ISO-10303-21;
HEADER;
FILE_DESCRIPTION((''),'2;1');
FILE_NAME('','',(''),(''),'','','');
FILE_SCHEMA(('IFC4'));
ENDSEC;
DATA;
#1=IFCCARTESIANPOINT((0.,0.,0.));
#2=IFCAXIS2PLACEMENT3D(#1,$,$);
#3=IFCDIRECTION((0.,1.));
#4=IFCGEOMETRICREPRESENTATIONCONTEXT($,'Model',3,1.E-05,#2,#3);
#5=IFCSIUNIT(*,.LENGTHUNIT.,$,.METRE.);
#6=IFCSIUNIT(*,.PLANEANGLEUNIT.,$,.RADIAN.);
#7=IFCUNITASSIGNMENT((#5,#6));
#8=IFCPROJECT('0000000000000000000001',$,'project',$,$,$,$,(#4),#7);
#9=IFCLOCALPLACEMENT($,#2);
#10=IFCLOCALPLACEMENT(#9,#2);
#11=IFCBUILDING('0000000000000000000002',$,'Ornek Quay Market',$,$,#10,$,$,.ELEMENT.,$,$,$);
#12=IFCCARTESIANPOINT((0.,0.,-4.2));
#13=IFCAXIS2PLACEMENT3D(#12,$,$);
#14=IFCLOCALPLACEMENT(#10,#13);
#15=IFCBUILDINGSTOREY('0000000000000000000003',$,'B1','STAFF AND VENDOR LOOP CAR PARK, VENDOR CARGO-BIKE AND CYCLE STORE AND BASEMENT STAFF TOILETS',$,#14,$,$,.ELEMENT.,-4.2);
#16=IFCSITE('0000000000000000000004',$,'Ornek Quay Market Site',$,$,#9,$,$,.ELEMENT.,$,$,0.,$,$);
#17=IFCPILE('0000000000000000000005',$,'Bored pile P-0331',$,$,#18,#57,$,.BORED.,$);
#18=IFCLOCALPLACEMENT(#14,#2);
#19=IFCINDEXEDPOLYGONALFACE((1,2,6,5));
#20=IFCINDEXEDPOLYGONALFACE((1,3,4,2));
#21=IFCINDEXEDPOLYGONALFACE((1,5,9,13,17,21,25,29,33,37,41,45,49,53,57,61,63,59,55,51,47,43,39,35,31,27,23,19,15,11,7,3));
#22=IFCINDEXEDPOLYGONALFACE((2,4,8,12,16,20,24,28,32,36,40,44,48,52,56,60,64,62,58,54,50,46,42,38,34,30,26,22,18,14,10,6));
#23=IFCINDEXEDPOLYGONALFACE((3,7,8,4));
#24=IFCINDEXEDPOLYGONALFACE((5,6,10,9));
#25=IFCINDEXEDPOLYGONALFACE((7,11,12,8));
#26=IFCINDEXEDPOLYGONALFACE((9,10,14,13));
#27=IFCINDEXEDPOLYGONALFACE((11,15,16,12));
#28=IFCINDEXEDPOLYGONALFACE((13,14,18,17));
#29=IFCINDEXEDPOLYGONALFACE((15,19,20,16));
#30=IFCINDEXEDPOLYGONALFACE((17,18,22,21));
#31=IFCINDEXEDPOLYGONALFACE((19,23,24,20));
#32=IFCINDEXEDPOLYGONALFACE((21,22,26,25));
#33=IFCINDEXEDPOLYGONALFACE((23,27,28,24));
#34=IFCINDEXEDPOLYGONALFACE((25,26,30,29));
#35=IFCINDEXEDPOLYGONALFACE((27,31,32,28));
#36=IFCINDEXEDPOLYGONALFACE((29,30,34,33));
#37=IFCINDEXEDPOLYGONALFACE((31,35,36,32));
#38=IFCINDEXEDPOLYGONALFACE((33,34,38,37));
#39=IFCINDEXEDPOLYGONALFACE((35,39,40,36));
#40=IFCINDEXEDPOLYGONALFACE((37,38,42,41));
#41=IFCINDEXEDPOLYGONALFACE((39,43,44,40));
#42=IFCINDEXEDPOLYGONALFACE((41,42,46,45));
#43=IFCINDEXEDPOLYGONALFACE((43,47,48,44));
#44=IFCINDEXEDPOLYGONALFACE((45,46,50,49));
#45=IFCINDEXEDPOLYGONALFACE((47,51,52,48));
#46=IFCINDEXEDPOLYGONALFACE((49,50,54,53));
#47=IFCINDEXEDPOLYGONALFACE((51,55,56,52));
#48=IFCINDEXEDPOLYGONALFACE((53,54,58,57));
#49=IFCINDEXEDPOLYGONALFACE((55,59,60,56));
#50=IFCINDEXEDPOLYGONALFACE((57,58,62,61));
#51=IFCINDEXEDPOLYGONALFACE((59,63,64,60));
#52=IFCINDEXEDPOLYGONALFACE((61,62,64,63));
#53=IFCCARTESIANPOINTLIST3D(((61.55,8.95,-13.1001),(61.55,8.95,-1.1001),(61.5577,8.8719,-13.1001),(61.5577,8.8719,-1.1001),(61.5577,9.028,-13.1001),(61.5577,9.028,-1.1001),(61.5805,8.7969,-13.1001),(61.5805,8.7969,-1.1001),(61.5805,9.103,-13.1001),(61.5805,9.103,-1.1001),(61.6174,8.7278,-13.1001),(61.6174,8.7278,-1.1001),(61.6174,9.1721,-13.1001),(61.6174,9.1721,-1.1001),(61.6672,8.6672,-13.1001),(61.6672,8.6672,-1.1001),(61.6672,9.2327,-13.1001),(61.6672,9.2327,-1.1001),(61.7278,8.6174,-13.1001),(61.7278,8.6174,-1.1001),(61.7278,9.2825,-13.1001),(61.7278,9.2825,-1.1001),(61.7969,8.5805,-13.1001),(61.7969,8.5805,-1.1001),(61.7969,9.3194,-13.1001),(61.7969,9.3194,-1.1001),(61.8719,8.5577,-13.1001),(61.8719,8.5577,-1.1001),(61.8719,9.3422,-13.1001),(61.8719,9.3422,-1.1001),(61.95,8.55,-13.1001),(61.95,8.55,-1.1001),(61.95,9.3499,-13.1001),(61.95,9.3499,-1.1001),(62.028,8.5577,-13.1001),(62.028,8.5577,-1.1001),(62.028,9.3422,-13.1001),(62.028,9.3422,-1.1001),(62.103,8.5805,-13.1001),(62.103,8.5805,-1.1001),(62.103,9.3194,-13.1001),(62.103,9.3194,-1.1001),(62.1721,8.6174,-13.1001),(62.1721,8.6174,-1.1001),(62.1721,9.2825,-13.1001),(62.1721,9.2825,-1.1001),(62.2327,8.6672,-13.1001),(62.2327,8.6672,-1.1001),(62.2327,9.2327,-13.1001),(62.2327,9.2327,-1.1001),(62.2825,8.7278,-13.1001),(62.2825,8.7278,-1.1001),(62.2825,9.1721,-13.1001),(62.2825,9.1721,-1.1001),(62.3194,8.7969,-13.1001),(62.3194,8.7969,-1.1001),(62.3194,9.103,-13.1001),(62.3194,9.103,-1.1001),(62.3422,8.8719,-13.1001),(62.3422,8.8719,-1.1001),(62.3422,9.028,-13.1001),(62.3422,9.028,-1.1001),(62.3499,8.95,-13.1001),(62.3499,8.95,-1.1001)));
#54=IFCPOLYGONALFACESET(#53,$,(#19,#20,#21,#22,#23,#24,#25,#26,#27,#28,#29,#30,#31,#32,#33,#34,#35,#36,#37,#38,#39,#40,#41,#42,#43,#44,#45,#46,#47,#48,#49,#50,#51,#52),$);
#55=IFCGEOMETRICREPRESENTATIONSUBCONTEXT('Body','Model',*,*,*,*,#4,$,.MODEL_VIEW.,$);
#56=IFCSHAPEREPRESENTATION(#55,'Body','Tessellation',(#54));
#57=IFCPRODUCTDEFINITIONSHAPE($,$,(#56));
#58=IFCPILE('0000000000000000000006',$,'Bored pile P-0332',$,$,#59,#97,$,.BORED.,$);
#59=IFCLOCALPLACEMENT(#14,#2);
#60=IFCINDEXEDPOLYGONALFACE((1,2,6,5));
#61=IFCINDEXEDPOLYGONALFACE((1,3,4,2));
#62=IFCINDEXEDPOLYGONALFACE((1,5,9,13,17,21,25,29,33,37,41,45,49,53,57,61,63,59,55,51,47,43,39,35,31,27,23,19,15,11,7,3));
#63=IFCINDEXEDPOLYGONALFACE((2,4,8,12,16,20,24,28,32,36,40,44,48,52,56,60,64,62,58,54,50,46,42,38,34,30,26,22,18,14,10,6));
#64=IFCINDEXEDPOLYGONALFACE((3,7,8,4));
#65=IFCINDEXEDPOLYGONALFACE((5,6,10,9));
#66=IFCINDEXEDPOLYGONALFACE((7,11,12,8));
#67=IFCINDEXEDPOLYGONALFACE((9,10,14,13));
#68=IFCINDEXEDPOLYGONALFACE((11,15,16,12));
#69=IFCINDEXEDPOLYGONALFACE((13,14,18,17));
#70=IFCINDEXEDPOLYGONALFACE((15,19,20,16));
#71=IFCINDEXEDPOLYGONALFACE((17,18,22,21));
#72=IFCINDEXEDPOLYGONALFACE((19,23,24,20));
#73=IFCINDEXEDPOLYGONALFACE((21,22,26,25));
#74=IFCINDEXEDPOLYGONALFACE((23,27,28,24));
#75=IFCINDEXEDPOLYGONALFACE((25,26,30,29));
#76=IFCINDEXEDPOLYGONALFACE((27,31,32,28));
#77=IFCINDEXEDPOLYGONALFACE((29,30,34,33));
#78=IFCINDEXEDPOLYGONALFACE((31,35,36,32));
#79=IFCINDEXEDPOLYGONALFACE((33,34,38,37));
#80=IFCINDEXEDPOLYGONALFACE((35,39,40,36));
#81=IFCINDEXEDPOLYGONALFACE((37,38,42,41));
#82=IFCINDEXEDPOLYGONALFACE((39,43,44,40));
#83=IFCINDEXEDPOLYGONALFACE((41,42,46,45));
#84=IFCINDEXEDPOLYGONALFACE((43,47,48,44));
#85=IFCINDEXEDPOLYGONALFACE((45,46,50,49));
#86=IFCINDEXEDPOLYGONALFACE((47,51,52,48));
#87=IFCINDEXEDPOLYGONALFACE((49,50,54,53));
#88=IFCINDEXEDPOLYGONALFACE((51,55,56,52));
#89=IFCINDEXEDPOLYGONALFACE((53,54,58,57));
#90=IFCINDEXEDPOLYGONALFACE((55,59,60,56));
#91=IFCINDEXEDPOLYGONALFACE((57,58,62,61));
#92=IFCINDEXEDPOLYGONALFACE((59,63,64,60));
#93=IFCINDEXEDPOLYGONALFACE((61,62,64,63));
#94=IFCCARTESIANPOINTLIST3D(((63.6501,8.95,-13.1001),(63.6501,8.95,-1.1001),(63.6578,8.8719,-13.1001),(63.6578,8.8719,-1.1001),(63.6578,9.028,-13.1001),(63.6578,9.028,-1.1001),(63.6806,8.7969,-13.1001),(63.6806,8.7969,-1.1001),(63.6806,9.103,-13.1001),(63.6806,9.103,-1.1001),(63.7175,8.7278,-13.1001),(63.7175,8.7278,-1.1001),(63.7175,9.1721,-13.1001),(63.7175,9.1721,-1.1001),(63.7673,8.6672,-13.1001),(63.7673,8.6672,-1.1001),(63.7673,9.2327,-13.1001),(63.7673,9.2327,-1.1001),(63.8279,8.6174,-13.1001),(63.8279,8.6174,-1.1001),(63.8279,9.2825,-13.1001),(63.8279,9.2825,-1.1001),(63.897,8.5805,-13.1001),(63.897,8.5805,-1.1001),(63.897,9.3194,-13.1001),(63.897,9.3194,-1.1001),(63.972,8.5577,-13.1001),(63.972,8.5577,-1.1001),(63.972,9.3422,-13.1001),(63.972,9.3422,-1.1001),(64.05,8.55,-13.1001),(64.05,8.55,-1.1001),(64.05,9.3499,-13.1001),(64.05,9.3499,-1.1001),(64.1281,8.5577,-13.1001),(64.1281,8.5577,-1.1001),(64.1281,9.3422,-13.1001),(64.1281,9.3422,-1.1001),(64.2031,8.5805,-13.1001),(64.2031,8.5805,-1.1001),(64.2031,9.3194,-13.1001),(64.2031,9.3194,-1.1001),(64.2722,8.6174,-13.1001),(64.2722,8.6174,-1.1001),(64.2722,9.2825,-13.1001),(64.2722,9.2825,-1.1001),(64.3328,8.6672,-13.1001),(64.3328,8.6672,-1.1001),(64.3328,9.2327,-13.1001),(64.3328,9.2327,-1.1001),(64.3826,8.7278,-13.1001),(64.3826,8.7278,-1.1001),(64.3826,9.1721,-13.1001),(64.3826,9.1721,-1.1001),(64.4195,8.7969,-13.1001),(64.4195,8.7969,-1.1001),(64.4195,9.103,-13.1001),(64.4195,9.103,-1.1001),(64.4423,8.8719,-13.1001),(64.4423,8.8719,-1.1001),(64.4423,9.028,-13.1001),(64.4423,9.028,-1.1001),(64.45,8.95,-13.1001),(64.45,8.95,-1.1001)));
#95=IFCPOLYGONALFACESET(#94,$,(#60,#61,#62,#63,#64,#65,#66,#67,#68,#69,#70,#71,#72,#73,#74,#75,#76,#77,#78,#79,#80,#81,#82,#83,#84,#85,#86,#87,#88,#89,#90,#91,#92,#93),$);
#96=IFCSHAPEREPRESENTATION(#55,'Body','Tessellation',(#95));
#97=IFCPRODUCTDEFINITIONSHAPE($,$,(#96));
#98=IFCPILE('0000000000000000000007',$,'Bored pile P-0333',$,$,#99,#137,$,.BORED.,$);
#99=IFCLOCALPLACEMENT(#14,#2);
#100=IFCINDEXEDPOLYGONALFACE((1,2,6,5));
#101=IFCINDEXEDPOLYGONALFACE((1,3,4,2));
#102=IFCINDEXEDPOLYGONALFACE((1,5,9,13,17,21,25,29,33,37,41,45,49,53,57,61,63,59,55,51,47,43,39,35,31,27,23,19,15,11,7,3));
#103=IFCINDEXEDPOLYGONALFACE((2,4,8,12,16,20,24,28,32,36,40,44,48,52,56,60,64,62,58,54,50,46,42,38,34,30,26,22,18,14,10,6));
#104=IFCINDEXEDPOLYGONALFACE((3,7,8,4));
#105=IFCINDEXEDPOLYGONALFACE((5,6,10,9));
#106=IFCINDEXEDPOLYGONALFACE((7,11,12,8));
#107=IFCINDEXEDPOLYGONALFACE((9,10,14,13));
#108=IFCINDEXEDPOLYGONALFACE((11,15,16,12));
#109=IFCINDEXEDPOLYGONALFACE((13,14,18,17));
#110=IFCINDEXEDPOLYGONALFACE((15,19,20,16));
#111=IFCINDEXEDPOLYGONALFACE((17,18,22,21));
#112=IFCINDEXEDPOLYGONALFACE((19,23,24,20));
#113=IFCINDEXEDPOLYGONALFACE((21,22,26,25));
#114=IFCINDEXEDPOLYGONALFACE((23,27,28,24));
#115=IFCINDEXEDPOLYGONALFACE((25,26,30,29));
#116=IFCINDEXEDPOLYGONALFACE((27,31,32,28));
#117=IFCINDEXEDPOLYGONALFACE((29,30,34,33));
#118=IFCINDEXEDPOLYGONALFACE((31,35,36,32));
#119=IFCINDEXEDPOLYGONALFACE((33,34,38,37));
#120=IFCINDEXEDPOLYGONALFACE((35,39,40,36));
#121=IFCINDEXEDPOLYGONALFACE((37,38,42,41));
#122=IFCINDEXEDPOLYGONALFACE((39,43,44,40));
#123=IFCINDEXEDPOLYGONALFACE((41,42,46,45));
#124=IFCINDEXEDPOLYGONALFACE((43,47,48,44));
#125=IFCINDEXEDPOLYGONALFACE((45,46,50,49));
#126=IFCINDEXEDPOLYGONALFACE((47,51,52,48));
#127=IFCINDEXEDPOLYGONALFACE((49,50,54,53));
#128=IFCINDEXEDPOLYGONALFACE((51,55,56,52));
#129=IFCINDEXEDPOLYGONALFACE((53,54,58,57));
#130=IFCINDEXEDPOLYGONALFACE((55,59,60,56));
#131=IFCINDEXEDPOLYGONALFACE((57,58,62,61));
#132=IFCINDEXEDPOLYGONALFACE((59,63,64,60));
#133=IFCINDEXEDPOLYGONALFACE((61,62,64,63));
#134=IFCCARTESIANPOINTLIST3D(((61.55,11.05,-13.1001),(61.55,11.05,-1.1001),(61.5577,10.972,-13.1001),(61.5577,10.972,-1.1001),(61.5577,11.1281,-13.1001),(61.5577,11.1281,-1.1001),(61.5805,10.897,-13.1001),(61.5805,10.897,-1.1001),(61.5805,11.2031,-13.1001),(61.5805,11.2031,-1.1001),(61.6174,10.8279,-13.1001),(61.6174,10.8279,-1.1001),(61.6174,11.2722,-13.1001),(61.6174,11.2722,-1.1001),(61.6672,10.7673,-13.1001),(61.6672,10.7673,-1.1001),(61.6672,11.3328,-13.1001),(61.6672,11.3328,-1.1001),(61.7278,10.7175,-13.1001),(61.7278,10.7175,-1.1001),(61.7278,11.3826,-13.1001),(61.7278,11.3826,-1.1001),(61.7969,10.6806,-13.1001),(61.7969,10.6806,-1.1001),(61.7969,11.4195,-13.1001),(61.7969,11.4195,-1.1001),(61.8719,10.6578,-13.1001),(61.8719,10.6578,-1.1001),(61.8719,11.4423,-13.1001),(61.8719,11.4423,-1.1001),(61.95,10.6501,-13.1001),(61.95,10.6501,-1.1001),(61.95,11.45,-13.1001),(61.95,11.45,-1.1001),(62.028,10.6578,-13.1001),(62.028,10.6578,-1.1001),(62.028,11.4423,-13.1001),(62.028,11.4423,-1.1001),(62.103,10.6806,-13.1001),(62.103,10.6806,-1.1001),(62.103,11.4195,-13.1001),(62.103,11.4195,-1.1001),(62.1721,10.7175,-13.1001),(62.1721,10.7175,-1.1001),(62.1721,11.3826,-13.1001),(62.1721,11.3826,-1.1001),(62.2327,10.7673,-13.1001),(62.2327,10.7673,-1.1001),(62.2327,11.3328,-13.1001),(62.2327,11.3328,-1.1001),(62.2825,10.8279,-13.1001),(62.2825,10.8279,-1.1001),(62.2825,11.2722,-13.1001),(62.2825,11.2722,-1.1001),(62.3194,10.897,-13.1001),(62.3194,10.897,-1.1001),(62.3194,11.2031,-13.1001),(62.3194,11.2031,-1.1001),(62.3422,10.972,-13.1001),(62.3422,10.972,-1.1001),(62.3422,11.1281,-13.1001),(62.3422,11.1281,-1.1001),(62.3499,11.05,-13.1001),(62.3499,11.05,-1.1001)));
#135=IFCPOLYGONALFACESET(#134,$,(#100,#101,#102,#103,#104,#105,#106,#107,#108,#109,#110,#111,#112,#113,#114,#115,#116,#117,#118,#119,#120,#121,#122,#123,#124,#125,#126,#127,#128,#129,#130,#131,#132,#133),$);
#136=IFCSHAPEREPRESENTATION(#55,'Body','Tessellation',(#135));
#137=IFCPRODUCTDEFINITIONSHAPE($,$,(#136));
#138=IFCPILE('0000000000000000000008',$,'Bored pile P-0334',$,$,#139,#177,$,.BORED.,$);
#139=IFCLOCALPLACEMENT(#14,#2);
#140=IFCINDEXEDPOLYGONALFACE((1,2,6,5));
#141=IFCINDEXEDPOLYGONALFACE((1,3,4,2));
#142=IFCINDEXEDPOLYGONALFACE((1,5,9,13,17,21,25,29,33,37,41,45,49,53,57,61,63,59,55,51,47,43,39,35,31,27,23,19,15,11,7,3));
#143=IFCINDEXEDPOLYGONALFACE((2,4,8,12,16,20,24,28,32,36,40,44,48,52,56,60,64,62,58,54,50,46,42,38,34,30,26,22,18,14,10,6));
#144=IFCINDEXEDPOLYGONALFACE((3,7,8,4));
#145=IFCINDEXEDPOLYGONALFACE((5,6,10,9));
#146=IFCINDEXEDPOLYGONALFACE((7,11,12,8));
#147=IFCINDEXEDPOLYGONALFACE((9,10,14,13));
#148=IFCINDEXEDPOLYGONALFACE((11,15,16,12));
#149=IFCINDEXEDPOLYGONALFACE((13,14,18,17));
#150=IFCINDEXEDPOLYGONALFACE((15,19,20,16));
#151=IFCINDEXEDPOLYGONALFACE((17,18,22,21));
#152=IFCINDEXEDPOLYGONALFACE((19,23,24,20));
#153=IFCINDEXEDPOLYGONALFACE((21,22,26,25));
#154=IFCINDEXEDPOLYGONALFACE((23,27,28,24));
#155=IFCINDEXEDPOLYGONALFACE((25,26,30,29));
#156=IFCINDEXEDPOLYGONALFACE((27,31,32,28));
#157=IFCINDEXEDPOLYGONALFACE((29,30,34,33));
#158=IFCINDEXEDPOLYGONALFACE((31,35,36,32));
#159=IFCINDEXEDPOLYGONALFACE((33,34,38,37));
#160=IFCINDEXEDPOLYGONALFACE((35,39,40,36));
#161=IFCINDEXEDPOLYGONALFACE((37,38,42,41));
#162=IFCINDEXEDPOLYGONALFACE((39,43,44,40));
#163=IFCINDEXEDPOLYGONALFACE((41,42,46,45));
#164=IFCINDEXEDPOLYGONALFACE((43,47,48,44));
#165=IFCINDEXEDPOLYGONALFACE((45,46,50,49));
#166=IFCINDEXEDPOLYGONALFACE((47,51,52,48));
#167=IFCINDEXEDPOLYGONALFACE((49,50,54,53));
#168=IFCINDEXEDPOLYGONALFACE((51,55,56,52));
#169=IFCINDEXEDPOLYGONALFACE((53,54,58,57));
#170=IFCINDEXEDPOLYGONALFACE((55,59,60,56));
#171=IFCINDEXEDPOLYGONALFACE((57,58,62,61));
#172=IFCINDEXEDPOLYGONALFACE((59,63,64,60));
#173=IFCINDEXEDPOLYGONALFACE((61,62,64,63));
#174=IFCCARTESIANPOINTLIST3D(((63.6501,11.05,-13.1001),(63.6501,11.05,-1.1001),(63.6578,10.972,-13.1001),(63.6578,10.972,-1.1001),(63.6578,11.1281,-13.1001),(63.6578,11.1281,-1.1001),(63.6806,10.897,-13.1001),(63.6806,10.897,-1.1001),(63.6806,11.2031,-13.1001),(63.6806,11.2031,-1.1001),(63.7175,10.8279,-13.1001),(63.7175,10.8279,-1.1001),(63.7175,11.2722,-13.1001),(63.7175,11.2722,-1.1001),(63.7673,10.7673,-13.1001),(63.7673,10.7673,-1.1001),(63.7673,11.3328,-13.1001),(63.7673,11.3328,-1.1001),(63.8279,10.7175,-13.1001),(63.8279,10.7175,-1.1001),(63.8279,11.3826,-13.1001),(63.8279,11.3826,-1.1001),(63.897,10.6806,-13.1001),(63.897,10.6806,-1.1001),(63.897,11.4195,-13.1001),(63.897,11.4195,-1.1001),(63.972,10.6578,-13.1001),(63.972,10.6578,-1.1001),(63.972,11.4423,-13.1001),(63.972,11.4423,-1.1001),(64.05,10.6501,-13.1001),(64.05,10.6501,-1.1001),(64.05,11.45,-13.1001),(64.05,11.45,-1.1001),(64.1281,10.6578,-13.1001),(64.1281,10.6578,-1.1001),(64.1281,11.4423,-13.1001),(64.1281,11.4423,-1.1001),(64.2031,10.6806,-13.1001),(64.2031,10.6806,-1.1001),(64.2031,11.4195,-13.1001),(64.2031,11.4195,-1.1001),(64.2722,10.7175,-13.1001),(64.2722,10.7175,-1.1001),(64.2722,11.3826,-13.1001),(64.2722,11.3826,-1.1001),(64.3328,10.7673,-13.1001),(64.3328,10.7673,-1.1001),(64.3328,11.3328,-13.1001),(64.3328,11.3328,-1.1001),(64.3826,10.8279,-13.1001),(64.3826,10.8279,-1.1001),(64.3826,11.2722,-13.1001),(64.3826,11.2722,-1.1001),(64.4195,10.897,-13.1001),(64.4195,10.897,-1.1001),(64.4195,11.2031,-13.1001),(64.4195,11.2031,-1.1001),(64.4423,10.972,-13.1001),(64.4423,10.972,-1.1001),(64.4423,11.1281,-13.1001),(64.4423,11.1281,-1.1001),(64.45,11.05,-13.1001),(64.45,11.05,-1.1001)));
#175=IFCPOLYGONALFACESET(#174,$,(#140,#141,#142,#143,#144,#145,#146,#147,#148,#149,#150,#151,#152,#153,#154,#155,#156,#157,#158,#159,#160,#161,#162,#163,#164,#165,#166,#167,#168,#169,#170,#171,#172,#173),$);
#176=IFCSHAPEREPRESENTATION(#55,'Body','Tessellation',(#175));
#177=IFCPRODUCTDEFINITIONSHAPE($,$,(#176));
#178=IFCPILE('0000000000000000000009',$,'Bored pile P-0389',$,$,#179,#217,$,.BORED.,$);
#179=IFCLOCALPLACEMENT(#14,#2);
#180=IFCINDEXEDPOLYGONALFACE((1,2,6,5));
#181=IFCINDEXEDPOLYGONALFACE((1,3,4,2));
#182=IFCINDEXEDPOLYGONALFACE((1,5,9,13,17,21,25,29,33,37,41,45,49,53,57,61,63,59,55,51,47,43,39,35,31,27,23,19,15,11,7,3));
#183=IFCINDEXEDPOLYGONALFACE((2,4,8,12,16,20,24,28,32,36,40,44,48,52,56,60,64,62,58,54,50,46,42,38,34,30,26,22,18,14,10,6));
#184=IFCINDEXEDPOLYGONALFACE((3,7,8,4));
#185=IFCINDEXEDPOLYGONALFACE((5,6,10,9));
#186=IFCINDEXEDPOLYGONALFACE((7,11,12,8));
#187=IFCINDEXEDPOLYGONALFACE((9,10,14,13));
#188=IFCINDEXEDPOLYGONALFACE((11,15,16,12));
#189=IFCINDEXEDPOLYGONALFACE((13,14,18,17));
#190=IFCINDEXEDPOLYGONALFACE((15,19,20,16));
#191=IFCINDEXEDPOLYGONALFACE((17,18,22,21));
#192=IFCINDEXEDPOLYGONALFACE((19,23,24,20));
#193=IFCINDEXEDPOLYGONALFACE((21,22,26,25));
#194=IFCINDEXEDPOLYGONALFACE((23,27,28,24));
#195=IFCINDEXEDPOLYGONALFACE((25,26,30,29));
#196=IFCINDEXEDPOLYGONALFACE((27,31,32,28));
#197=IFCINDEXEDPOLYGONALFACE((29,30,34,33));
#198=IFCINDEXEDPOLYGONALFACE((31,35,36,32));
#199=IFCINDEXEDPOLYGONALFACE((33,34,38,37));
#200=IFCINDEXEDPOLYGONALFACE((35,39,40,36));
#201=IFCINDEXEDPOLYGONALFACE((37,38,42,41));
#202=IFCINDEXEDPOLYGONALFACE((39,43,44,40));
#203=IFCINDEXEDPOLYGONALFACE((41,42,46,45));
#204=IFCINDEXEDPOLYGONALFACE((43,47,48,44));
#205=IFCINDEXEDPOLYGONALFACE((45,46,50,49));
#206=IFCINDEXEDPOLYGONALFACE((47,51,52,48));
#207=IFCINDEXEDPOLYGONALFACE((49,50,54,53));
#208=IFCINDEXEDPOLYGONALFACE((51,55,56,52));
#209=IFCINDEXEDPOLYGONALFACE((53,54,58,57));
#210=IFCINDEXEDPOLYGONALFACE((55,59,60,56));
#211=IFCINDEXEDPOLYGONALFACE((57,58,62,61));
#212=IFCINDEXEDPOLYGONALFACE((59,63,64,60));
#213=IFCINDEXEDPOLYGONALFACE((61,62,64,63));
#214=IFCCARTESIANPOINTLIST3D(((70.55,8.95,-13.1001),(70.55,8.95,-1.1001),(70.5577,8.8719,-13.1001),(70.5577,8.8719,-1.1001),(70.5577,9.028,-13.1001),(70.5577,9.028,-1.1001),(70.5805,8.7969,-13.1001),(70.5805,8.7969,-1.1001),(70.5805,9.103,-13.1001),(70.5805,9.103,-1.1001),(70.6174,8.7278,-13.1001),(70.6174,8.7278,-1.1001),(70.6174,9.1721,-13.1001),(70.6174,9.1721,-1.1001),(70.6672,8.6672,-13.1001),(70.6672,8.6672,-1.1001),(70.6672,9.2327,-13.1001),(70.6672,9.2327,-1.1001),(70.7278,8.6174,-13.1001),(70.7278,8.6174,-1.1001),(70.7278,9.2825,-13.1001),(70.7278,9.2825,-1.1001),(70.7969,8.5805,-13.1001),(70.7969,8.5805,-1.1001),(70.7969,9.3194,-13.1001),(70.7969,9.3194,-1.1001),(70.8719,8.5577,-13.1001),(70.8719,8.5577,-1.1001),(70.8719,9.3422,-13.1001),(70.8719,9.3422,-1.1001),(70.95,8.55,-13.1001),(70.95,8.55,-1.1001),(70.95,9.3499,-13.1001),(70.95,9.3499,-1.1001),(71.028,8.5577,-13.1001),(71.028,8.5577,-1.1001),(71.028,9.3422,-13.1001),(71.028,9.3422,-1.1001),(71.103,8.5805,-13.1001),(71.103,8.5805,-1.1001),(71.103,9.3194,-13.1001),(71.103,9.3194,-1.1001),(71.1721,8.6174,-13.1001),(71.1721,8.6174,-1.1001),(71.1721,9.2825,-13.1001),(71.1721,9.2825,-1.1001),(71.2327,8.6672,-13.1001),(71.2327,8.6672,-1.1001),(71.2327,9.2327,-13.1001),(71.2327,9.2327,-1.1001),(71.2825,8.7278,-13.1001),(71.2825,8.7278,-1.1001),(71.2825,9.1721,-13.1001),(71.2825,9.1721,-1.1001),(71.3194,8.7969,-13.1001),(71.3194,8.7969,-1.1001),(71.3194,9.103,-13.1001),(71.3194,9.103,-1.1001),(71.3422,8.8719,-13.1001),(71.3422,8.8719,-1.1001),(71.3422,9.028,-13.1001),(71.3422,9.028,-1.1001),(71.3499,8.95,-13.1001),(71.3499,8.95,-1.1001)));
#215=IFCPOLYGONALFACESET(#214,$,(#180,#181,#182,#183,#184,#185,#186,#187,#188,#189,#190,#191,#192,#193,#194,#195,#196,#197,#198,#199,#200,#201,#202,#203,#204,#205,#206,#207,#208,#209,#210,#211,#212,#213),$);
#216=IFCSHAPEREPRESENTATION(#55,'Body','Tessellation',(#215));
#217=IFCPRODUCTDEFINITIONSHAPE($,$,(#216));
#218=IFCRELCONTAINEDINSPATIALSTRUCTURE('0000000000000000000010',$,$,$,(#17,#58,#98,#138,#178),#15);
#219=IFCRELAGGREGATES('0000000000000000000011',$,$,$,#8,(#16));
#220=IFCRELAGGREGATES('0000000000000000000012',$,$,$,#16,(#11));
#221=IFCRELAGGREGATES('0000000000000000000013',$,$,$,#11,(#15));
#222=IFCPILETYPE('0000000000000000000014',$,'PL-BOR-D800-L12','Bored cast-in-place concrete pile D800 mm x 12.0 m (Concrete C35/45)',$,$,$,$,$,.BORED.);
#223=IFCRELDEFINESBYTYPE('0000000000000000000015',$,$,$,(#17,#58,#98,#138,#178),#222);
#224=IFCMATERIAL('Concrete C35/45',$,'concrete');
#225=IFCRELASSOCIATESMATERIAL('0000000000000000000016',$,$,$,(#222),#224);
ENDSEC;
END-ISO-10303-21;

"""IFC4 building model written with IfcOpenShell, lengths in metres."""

from ifc_helpers import new_model, si_unit, direction, frame, origin, origin_2d, place, context, subcontext, project, spatial, circle, extrude, material, material_profile, profile_set, type_object, element, save


model = new_model("IFC4")

# Units and contexts
model_context = context("Model", 3, precision=1e-05, world=origin(), true_north=direction((0.0, 1.0)))
body_context = subcontext(model_context, "Body", "Model", "MODEL_VIEW")
ifc_project = project(units=[si_unit("LENGTHUNIT", "METRE"), si_unit("PLANEANGLEUNIT", "RADIAN")], contexts=[model_context])

# Site, building, storey
site_placement = place(None, origin())
site = spatial("IfcSite", under=ifc_project, at=site_placement, Name="Ornek Quay Market Site", CompositionType="ELEMENT", RefElevation=0.0)
building_placement = place(site_placement, origin())
building = spatial("IfcBuilding", under=site, at=building_placement, Name="Ornek Quay Market", CompositionType="ELEMENT")
storey_placement = place(building_placement, frame((0.0, 0.0, -4.2)))
storey = spatial("IfcBuildingStorey", under=building, at=storey_placement, Name="B1", Description="STAFF AND VENDOR LOOP CAR PARK, VENDOR CARGO-BIKE AND CYCLE STORE AND BASEMENT STAFF TOILETS", CompositionType="ELEMENT", Elevation=-4.2)

# Piles
ifc_material_1 = material(Name="Concrete C35/45", Category="concrete")
ifc_material_profile_1 = material_profile(ifc_material_1, circle(Radius=0.3999, at=origin_2d()), Name="PILE D800", Category="concrete")
ifc_profile_set_1 = profile_set([ifc_material_profile_1], Name="Concrete C35/45")
pile_type_1 = type_object("IfcPileType", Name="PL-BOR-D800-L12", Description="Bored cast-in-place concrete pile D800 mm x 12.0 m (Concrete C35/45)", PredefinedType="BORED", material=ifc_profile_set_1)
for number, where, z_axis, x_axis, name in (
    (1, (61.95, 8.95, -1.1001), (0.0, 0.0, -1.0), (1.0, 0.0, 0.0), "Bored pile P-0331"),
    (2, (64.05, 8.95, -1.1001), (0.0, 0.0, -1.0), (1.0, 0.0, 0.0), "Bored pile P-0332"),
    (3, (61.95, 11.05, -1.1001), (0.0, 0.0, -1.0), (1.0, 0.0, 0.0), "Bored pile P-0333"),
    (4, (64.05, 11.05, -1.1001), (0.0, 0.0, -1.0), (1.0, 0.0, 0.0), "Bored pile P-0334"),
    (5, (70.95, 8.95, -1.1001), (0.0, 0.0, -1.0), (1.0, 0.0, 0.0), "Bored pile P-0389"),
):
    element("IfcPile", number, at=place(storey_placement, frame(where, z_axis=z_axis, x_axis=x_axis)), inside=storey, type_object=pile_type_1, Name=name, PredefinedType="BORED", context=body_context, shape_type="SweptSolid", body=[
        extrude(circle(Radius=0.3999, at=origin_2d()), origin(), (0.0, 0.0, 1.0), 12.0),
    ])

save(model, "model.ifc")
